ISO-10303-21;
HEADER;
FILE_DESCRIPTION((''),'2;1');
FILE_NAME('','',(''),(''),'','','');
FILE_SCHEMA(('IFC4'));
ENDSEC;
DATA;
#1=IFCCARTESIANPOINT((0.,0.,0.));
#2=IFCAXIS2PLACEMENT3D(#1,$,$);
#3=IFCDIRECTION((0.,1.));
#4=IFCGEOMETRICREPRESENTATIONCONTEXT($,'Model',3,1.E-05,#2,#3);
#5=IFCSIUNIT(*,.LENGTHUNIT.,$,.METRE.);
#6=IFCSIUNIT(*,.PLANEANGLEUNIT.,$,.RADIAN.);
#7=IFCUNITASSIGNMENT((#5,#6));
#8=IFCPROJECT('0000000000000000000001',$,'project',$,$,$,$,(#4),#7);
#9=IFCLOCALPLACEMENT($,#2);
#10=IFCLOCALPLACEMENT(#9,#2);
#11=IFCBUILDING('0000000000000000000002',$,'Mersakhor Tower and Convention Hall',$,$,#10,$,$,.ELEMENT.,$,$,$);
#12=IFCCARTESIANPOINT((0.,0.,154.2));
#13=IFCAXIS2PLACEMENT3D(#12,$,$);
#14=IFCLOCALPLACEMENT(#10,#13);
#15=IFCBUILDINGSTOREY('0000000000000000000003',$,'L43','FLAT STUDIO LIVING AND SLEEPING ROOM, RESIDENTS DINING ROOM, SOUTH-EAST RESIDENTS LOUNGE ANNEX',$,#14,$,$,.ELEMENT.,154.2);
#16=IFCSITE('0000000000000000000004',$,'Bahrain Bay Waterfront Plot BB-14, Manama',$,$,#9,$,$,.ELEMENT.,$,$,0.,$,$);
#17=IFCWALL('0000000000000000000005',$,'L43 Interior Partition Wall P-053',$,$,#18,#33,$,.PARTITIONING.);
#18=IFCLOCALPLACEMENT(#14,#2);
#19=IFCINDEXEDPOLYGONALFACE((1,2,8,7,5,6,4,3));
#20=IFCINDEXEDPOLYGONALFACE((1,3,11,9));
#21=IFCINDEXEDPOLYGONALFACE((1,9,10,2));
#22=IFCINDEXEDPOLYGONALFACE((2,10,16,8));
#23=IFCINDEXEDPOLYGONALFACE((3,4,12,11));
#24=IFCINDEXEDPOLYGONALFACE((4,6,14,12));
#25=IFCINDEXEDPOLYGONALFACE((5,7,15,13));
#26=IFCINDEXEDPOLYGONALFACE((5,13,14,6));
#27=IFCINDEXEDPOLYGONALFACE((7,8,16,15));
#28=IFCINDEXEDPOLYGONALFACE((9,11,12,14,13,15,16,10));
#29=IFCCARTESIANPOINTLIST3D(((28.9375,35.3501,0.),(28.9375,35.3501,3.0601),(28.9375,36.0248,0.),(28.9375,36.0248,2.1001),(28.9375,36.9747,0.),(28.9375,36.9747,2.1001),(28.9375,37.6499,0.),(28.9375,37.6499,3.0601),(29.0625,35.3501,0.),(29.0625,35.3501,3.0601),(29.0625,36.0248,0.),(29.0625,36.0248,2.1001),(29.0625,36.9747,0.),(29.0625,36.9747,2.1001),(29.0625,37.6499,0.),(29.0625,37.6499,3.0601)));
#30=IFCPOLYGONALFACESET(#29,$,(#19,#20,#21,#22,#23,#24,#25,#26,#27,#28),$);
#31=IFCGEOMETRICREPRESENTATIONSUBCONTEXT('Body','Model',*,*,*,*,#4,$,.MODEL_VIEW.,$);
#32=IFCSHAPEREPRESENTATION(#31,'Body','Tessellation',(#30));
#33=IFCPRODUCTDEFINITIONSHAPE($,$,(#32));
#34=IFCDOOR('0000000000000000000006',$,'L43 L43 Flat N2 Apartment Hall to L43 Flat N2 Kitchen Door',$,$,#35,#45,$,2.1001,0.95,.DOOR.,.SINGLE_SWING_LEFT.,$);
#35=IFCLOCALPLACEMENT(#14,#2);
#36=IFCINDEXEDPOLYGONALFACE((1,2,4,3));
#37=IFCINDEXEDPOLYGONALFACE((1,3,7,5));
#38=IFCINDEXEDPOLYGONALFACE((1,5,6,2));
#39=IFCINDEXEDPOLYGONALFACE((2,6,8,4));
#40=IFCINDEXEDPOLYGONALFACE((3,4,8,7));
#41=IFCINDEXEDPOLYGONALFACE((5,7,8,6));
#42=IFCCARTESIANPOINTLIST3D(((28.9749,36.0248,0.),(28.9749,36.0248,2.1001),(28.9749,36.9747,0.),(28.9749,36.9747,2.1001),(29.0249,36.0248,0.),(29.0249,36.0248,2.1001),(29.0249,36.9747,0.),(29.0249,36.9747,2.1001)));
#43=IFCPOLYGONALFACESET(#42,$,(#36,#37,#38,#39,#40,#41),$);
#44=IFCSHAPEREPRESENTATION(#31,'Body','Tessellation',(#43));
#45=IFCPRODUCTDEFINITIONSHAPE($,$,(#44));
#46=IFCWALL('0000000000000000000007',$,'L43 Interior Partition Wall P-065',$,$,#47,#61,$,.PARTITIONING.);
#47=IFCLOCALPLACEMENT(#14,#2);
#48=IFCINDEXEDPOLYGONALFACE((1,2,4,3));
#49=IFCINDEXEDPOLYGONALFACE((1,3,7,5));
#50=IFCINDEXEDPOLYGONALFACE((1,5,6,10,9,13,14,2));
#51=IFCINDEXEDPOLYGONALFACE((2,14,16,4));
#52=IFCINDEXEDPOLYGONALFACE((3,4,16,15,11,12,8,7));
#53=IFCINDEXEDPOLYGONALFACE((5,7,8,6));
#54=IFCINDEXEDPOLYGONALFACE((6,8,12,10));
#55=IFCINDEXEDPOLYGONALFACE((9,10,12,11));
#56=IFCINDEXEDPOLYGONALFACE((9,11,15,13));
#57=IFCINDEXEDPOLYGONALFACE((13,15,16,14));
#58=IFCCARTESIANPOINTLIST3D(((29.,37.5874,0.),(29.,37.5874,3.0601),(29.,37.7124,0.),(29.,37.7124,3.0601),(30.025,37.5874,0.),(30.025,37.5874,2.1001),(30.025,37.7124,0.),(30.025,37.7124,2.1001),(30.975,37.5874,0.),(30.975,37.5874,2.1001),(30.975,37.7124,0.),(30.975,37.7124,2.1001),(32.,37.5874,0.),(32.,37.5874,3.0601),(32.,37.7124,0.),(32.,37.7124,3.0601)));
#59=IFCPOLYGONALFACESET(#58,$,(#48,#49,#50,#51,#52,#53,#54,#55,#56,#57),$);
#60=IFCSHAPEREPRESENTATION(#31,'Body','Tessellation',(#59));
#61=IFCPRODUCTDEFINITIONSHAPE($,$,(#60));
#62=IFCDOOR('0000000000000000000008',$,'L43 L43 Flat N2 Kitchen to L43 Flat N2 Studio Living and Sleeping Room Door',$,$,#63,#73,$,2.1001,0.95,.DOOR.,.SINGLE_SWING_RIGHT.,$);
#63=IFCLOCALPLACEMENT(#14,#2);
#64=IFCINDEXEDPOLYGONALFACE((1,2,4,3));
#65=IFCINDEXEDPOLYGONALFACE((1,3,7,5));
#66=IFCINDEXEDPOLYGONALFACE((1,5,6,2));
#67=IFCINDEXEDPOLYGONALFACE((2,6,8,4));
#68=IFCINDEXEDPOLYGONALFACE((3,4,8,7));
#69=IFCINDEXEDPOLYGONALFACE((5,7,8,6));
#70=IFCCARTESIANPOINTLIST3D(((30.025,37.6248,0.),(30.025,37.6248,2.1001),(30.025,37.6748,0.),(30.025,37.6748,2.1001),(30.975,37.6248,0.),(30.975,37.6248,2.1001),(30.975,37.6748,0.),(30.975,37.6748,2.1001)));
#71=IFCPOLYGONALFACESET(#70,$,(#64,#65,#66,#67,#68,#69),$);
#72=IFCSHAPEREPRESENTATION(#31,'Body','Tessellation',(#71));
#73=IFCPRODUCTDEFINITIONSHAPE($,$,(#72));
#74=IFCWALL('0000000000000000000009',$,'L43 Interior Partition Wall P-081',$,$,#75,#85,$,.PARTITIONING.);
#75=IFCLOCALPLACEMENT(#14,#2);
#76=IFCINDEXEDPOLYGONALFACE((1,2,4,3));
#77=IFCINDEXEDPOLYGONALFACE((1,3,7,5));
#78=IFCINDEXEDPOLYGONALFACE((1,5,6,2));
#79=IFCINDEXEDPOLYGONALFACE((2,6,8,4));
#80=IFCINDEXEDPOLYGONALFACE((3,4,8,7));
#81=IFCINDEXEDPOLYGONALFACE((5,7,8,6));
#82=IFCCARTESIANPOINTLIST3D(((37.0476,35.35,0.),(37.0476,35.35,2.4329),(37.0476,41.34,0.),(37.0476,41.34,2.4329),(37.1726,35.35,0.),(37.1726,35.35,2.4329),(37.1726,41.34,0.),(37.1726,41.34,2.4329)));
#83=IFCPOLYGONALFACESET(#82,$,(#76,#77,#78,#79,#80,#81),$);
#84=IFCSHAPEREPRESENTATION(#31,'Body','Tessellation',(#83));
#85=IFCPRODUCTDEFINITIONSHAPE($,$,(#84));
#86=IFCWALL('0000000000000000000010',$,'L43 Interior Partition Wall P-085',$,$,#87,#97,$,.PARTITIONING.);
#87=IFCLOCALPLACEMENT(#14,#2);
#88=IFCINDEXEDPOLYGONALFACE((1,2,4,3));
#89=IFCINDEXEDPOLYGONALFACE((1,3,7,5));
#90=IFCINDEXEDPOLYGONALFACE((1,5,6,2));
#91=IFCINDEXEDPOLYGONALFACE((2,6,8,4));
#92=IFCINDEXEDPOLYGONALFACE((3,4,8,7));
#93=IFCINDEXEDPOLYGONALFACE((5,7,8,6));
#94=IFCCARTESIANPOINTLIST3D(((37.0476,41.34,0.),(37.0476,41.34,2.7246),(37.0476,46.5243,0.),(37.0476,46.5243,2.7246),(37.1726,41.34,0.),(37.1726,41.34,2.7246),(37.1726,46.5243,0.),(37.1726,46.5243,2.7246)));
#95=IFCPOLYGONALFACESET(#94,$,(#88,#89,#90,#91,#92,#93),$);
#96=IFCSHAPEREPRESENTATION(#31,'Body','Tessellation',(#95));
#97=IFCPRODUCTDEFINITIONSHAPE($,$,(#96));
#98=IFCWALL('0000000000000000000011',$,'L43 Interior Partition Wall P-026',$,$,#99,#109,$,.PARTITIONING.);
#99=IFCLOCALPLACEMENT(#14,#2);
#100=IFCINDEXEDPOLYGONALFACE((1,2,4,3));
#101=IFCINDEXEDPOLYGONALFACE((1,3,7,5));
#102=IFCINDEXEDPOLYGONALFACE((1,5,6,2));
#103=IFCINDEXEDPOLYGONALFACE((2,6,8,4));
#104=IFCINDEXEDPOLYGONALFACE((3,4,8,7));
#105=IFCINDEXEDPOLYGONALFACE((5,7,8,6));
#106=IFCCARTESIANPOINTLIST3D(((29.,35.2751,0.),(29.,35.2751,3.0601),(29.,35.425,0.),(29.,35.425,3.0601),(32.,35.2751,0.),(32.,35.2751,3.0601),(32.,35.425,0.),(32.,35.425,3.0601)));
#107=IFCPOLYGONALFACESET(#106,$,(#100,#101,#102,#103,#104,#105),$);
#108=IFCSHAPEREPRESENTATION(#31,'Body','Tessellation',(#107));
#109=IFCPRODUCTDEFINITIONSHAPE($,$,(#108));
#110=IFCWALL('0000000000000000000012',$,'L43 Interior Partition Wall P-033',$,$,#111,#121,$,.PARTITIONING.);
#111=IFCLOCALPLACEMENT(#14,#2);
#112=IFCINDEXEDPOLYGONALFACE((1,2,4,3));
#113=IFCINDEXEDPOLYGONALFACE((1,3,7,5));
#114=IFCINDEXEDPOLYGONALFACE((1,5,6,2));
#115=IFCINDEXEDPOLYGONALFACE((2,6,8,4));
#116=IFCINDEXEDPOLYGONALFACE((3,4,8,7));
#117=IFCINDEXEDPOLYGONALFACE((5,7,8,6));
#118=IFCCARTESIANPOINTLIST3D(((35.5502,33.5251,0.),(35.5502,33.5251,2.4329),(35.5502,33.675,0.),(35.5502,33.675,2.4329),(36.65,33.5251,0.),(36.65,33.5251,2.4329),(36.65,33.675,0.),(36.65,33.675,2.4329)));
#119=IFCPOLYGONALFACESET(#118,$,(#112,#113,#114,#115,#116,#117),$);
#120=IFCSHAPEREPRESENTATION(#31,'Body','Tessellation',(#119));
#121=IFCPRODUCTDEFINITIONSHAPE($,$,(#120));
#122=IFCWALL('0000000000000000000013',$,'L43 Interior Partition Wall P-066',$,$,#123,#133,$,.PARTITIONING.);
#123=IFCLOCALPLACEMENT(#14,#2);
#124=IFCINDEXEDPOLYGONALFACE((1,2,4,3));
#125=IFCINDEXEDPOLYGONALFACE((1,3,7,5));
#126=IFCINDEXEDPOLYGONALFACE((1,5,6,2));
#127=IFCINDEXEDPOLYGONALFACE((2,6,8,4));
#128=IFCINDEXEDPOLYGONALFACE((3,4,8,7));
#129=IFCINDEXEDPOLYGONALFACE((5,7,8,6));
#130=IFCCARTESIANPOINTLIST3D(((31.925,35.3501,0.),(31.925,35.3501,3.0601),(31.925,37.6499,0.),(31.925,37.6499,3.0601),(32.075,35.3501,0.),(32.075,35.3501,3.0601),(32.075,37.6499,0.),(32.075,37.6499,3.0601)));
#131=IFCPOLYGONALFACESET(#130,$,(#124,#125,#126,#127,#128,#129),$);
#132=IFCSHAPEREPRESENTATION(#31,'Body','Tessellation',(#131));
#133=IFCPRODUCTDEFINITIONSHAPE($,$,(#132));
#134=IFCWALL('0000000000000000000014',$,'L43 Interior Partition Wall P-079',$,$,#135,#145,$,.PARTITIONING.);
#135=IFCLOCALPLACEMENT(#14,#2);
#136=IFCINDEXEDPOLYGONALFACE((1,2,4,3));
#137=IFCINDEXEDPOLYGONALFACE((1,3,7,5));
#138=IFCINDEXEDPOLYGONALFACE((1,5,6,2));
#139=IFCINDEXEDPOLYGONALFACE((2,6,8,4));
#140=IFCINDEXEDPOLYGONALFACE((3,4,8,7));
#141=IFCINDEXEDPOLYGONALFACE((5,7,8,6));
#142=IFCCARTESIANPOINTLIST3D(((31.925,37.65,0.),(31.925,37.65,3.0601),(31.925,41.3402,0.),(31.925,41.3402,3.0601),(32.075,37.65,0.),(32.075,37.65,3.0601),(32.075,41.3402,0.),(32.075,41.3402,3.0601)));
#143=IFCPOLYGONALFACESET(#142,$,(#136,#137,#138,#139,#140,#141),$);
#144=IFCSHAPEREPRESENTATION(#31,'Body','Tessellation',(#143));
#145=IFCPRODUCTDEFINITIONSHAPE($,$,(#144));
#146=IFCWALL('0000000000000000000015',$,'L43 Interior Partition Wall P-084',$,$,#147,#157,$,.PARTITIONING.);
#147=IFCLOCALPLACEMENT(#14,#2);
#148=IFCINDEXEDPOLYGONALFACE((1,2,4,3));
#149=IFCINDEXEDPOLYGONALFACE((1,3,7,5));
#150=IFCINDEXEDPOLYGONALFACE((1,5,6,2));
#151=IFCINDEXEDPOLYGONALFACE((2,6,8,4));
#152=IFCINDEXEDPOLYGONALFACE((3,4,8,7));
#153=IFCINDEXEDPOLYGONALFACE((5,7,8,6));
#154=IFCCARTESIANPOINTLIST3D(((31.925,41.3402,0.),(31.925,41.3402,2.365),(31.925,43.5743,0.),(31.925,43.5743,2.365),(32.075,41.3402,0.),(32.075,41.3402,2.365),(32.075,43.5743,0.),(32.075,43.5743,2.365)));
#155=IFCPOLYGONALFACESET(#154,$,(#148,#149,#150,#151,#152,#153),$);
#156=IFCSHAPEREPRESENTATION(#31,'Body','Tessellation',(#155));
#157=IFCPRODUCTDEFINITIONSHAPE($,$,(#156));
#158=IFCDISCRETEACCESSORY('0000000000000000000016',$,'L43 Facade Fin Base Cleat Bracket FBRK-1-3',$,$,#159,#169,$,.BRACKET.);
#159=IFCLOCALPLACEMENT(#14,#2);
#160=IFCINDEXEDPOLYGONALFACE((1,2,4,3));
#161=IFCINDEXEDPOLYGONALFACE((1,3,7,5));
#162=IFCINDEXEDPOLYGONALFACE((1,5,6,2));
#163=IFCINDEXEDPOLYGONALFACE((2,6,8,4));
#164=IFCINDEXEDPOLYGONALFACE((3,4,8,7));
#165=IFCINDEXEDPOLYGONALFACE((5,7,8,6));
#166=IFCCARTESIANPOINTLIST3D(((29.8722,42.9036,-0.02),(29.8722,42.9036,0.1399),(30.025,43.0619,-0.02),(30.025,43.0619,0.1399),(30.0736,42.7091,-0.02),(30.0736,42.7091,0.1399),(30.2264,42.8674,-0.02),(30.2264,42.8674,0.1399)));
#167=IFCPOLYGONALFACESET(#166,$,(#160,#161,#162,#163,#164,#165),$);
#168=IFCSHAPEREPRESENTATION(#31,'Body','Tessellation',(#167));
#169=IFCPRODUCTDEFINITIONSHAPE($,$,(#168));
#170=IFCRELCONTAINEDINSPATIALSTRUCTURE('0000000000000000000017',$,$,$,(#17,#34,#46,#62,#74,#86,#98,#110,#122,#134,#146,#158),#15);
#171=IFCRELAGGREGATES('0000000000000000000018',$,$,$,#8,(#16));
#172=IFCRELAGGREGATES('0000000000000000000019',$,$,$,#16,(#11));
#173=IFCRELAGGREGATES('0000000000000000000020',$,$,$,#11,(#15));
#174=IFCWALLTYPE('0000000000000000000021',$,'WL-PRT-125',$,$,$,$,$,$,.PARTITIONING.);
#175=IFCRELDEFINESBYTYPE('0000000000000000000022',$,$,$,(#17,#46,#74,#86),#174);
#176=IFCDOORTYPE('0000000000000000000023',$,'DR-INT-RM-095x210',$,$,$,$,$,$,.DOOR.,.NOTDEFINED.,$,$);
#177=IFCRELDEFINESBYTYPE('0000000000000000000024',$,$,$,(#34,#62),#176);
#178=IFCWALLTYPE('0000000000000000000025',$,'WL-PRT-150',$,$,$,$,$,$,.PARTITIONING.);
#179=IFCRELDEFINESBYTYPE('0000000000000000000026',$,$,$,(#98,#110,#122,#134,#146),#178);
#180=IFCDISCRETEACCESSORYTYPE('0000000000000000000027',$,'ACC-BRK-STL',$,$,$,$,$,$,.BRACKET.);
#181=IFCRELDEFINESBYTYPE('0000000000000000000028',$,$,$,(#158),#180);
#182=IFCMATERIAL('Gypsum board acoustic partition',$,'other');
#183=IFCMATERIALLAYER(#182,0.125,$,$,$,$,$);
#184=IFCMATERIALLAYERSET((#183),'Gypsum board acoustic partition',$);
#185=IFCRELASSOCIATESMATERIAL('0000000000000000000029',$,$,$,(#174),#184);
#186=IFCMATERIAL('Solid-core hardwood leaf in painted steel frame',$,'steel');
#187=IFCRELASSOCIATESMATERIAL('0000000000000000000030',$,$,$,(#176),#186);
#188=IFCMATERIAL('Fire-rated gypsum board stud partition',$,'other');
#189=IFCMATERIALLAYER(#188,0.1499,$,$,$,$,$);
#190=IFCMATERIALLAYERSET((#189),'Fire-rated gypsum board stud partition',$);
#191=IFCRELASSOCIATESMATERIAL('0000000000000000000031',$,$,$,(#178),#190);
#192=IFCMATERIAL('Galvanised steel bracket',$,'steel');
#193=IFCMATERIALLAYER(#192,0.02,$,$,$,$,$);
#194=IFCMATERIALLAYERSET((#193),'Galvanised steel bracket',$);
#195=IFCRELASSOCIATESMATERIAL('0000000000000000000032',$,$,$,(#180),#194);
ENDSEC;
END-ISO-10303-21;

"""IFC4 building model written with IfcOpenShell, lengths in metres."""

from ifc_helpers import new_model, si_unit, direction, frame, frame_2d, origin, origin_2d, place, context, subcontext, project, spatial, rectangle, extrude, material, layer, layer_set, type_object, element, fill, save


model = new_model("IFC4")

# Units and contexts
model_context = context("Model", 3, precision=1e-05, world=origin(), true_north=direction((0.0, 1.0)))
body_context = subcontext(model_context, "Body", "Model", "MODEL_VIEW")
ifc_project = project(units=[si_unit("LENGTHUNIT", "METRE"), si_unit("PLANEANGLEUNIT", "RADIAN")], contexts=[model_context])

# Site, building, storey
site_placement = place(None, origin())
site = spatial("IfcSite", under=ifc_project, at=site_placement, Name="Bahrain Bay Waterfront Plot BB-14, Manama", CompositionType="ELEMENT", RefElevation=0.0)
building_placement = place(site_placement, origin())
building = spatial("IfcBuilding", under=site, at=building_placement, Name="Mersakhor Tower and Convention Hall", CompositionType="ELEMENT")
storey_placement = place(building_placement, frame((0.0, 0.0, 154.2)))
storey = spatial("IfcBuildingStorey", under=building, at=storey_placement, Name="L43", Description="FLAT STUDIO LIVING AND SLEEPING ROOM, RESIDENTS DINING ROOM, SOUTH-EAST RESIDENTS LOUNGE ANNEX", CompositionType="ELEMENT", Elevation=154.2)

# Walls, openings, doors
ifc_material_1 = material(Name="Gypsum board acoustic partition", Category="other")
ifc_layer_1 = layer(ifc_material_1, 0.125)
ifc_layer_set_1 = layer_set([ifc_layer_1], Name="Gypsum board acoustic partition")
wall_type_1 = type_object("IfcWallType", Name="WL-PRT-125", PredefinedType="PARTITIONING", material=ifc_layer_set_1)
wall_1_placement = place(storey_placement, frame((29.0, 37.6499, 0.0), z_axis=(0.0, 0.0, 1.0), x_axis=(0.0, -1.0, 0.0)))
wall_1 = element("IfcWall", 1, at=wall_1_placement, inside=storey, type_object=wall_type_1, Name="L43 Interior Partition Wall P-053", PredefinedType="PARTITIONING", context=body_context, shape_type="SweptSolid", body=[
    extrude(rectangle(XDim=2.2998, YDim=0.125, at=frame_2d((1.1499, 0.0))), origin(), (0.0, 0.0, 1.0), 3.0601),
])
opening_1_placement = place(wall_1_placement, frame((0.675, 0.0, 0.0)))
opening_1 = element("IfcOpeningElement", 2, at=opening_1_placement, cuts=wall_1, PredefinedType="OPENING", context=body_context, shape_type="SweptSolid", body=[
    extrude(rectangle(XDim=0.95, YDim=2.1001, at=frame_2d((0.4751, 1.05))), frame((0.0, 0.0725, 0.0), z_axis=(0.0, -1.0, 0.0), x_axis=(1.0, 0.0, 0.0)), (0.0, 0.0, 1.0), 0.145),
])
ifc_material_2 = material(Name="Solid-core hardwood leaf in painted steel frame", Category="steel")
door_type_1 = type_object("IfcDoorType", Name="DR-INT-RM-095x210", OperationType="NOTDEFINED", PredefinedType="DOOR", material=ifc_material_2)
door_1_placement = place(opening_1_placement, origin())
door_1 = element("IfcDoor", 3, at=door_1_placement, inside=storey, type_object=door_type_1, Name="L43 L43 Flat N2 Apartment Hall to L43 Flat N2 Kitchen Door", OperationType="SINGLE_SWING_LEFT", OverallHeight=2.1001, OverallWidth=0.95, PredefinedType="DOOR", context=body_context, shape_type="SweptSolid", body=[
    extrude(rectangle(XDim=0.95, YDim=2.1001, at=frame_2d((0.4751, 1.05))), frame((0.0, 0.0249, 0.0), z_axis=(0.0, -1.0, 0.0), x_axis=(1.0, 0.0, 0.0)), (0.0, 0.0, 1.0), 0.05),
])
fill(opening_1, door_1)
wall_2_placement = place(storey_placement, frame((29.0, 37.6499, 0.0), z_axis=(0.0, 0.0, 1.0), x_axis=(1.0, 0.0, 0.0)))
wall_2 = element("IfcWall", 4, at=wall_2_placement, inside=storey, type_object=wall_type_1, Name="L43 Interior Partition Wall P-065", PredefinedType="PARTITIONING", context=body_context, shape_type="SweptSolid", body=[
    extrude(rectangle(XDim=3.0, YDim=0.125, at=frame_2d((1.5, 0.0))), origin(), (0.0, 0.0, 1.0), 3.0601),
])
opening_2_placement = place(wall_2_placement, frame((1.0249, 0.0, 0.0)))
opening_2 = element("IfcOpeningElement", 5, at=opening_2_placement, cuts=wall_2, PredefinedType="OPENING", context=body_context, shape_type="SweptSolid", body=[
    extrude(rectangle(XDim=0.95, YDim=2.1001, at=frame_2d((0.4751, 1.05))), frame((0.0, 0.0725, 0.0), z_axis=(0.0, -1.0, 0.0), x_axis=(1.0, 0.0, 0.0)), (0.0, 0.0, 1.0), 0.145),
])
door_2_placement = place(opening_2_placement, origin())
door_2 = element("IfcDoor", 6, at=door_2_placement, inside=storey, type_object=door_type_1, Name="L43 L43 Flat N2 Kitchen to L43 Flat N2 Studio Living and Sleeping Room Door", OperationType="SINGLE_SWING_RIGHT", OverallHeight=2.1001, OverallWidth=0.95, PredefinedType="DOOR", context=body_context, shape_type="SweptSolid", body=[
    extrude(rectangle(XDim=0.95, YDim=2.1001, at=frame_2d((0.4751, 1.05))), frame((0.0, 0.0249, 0.0), z_axis=(0.0, -1.0, 0.0), x_axis=(1.0, 0.0, 0.0)), (0.0, 0.0, 1.0), 0.05),
])
fill(opening_2, door_2)

# Walls
wall_3_placement = place(storey_placement, frame((37.1101, 41.3401, 0.0), z_axis=(0.0, 0.0, 1.0), x_axis=(0.0, -1.0, 0.0)))
element("IfcWall", 7, at=wall_3_placement, inside=storey, type_object=wall_type_1, Name="L43 Interior Partition Wall P-081", PredefinedType="PARTITIONING", context=body_context, shape_type="SweptSolid", body=[
    extrude(rectangle(XDim=5.99, YDim=0.125, at=frame_2d((2.9951, 0.0))), origin(), (0.0, 0.0, 1.0), 2.4329),
])
wall_4_placement = place(storey_placement, frame((37.1101, 46.5244, 0.0), z_axis=(0.0, 0.0, 1.0), x_axis=(0.0, -1.0, 0.0)))
element("IfcWall", 8, at=wall_4_placement, inside=storey, type_object=wall_type_1, Name="L43 Interior Partition Wall P-085", PredefinedType="PARTITIONING", context=body_context, shape_type="SweptSolid", body=[
    extrude(rectangle(XDim=5.1843, YDim=0.125, at=frame_2d((2.5923, 0.0))), origin(), (0.0, 0.0, 1.0), 2.7246),
])
ifc_material_3 = material(Name="Fire-rated gypsum board stud partition", Category="other")
ifc_layer_2 = layer(ifc_material_3, 0.1499)
ifc_layer_set_2 = layer_set([ifc_layer_2], Name="Fire-rated gypsum board stud partition")
wall_type_2 = type_object("IfcWallType", Name="WL-PRT-150", PredefinedType="PARTITIONING", material=ifc_layer_set_2)
wall_5_placement = place(storey_placement, frame((29.0, 35.3501, 0.0), z_axis=(0.0, 0.0, 1.0), x_axis=(1.0, 0.0, 0.0)))
element("IfcWall", 9, at=wall_5_placement, inside=storey, type_object=wall_type_2, Name="L43 Interior Partition Wall P-026", PredefinedType="PARTITIONING", context=body_context, shape_type="SweptSolid", body=[
    extrude(rectangle(XDim=3.0, YDim=0.1499, at=frame_2d((1.5, 0.0))), origin(), (0.0, 0.0, 1.0), 3.0601),
])

# Walls
wall_6_placement = place(storey_placement, frame((36.6499, 33.6001, 0.0), z_axis=(0.0, 0.0, 1.0), x_axis=(-1.0, 0.0, 0.0)))
element("IfcWall", 10, at=wall_6_placement, inside=storey, type_object=wall_type_2, Name="L43 Interior Partition Wall P-033", PredefinedType="PARTITIONING", context=body_context, shape_type="SweptSolid", body=[
    extrude(rectangle(XDim=1.0999, YDim=0.1499, at=frame_2d((0.5498, 0.0))), origin(), (0.0, 0.0, 1.0), 2.4329),
])
wall_7_placement = place(storey_placement, frame((32.0, 37.6499, 0.0), z_axis=(0.0, 0.0, 1.0), x_axis=(0.0, -1.0, 0.0)))
element("IfcWall", 11, at=wall_7_placement, inside=storey, type_object=wall_type_2, Name="L43 Interior Partition Wall P-066", PredefinedType="PARTITIONING", context=body_context, shape_type="SweptSolid", body=[
    extrude(rectangle(XDim=2.2998, YDim=0.1499, at=frame_2d((1.1499, 0.0))), origin(), (0.0, 0.0, 1.0), 3.0601),
])
wall_8_placement = place(storey_placement, frame((32.0, 37.6499, 0.0), z_axis=(0.0, 0.0, 1.0), x_axis=(0.0, 1.0, 0.0)))
element("IfcWall", 12, at=wall_8_placement, inside=storey, type_object=wall_type_2, Name="L43 Interior Partition Wall P-079", PredefinedType="PARTITIONING", context=body_context, shape_type="SweptSolid", body=[
    extrude(rectangle(XDim=3.6902, YDim=0.1499, at=frame_2d((1.8452, 0.0))), origin(), (0.0, 0.0, 1.0), 3.0601),
])
wall_9_placement = place(storey_placement, frame((32.0, 41.3401, 0.0), z_axis=(0.0, 0.0, 1.0), x_axis=(0.0, 1.0, 0.0)))
element("IfcWall", 13, at=wall_9_placement, inside=storey, type_object=wall_type_2, Name="L43 Interior Partition Wall P-084", PredefinedType="PARTITIONING", context=body_context, shape_type="SweptSolid", body=[
    extrude(rectangle(XDim=2.2341, YDim=0.1499, at=frame_2d((1.1172, 0.0))), origin(), (0.0, 0.0, 1.0), 2.365),
])

# Discrete accessory
ifc_material_4 = material(Name="Galvanised steel bracket", Category="steel")
ifc_layer_3 = layer(ifc_material_4, 0.02)
ifc_layer_set_3 = layer_set([ifc_layer_3], Name="Galvanised steel bracket")
discrete_accessory_type = type_object("IfcDiscreteAccessoryType", Name="ACC-BRK-STL", PredefinedType="BRACKET", material=ifc_layer_set_3)
discrete_accessory_placement = place(storey_placement, frame((30.0493, 42.8855, -0.02), z_axis=(0.0, 0.0, 1.0), x_axis=(-0.71934, 0.694658, 0.0)))
element("IfcDiscreteAccessory", 14, at=discrete_accessory_placement, inside=storey, type_object=discrete_accessory_type, Name="L43 Facade Fin Base Cleat Bracket FBRK-1-3", PredefinedType="BRACKET", context=body_context, shape_type="SweptSolid", body=[
    extrude(rectangle(XDim=0.28, YDim=0.22, at=origin_2d()), origin(), (0.0, 0.0, 1.0), 0.1599),
])

save(model, "model.ifc")
